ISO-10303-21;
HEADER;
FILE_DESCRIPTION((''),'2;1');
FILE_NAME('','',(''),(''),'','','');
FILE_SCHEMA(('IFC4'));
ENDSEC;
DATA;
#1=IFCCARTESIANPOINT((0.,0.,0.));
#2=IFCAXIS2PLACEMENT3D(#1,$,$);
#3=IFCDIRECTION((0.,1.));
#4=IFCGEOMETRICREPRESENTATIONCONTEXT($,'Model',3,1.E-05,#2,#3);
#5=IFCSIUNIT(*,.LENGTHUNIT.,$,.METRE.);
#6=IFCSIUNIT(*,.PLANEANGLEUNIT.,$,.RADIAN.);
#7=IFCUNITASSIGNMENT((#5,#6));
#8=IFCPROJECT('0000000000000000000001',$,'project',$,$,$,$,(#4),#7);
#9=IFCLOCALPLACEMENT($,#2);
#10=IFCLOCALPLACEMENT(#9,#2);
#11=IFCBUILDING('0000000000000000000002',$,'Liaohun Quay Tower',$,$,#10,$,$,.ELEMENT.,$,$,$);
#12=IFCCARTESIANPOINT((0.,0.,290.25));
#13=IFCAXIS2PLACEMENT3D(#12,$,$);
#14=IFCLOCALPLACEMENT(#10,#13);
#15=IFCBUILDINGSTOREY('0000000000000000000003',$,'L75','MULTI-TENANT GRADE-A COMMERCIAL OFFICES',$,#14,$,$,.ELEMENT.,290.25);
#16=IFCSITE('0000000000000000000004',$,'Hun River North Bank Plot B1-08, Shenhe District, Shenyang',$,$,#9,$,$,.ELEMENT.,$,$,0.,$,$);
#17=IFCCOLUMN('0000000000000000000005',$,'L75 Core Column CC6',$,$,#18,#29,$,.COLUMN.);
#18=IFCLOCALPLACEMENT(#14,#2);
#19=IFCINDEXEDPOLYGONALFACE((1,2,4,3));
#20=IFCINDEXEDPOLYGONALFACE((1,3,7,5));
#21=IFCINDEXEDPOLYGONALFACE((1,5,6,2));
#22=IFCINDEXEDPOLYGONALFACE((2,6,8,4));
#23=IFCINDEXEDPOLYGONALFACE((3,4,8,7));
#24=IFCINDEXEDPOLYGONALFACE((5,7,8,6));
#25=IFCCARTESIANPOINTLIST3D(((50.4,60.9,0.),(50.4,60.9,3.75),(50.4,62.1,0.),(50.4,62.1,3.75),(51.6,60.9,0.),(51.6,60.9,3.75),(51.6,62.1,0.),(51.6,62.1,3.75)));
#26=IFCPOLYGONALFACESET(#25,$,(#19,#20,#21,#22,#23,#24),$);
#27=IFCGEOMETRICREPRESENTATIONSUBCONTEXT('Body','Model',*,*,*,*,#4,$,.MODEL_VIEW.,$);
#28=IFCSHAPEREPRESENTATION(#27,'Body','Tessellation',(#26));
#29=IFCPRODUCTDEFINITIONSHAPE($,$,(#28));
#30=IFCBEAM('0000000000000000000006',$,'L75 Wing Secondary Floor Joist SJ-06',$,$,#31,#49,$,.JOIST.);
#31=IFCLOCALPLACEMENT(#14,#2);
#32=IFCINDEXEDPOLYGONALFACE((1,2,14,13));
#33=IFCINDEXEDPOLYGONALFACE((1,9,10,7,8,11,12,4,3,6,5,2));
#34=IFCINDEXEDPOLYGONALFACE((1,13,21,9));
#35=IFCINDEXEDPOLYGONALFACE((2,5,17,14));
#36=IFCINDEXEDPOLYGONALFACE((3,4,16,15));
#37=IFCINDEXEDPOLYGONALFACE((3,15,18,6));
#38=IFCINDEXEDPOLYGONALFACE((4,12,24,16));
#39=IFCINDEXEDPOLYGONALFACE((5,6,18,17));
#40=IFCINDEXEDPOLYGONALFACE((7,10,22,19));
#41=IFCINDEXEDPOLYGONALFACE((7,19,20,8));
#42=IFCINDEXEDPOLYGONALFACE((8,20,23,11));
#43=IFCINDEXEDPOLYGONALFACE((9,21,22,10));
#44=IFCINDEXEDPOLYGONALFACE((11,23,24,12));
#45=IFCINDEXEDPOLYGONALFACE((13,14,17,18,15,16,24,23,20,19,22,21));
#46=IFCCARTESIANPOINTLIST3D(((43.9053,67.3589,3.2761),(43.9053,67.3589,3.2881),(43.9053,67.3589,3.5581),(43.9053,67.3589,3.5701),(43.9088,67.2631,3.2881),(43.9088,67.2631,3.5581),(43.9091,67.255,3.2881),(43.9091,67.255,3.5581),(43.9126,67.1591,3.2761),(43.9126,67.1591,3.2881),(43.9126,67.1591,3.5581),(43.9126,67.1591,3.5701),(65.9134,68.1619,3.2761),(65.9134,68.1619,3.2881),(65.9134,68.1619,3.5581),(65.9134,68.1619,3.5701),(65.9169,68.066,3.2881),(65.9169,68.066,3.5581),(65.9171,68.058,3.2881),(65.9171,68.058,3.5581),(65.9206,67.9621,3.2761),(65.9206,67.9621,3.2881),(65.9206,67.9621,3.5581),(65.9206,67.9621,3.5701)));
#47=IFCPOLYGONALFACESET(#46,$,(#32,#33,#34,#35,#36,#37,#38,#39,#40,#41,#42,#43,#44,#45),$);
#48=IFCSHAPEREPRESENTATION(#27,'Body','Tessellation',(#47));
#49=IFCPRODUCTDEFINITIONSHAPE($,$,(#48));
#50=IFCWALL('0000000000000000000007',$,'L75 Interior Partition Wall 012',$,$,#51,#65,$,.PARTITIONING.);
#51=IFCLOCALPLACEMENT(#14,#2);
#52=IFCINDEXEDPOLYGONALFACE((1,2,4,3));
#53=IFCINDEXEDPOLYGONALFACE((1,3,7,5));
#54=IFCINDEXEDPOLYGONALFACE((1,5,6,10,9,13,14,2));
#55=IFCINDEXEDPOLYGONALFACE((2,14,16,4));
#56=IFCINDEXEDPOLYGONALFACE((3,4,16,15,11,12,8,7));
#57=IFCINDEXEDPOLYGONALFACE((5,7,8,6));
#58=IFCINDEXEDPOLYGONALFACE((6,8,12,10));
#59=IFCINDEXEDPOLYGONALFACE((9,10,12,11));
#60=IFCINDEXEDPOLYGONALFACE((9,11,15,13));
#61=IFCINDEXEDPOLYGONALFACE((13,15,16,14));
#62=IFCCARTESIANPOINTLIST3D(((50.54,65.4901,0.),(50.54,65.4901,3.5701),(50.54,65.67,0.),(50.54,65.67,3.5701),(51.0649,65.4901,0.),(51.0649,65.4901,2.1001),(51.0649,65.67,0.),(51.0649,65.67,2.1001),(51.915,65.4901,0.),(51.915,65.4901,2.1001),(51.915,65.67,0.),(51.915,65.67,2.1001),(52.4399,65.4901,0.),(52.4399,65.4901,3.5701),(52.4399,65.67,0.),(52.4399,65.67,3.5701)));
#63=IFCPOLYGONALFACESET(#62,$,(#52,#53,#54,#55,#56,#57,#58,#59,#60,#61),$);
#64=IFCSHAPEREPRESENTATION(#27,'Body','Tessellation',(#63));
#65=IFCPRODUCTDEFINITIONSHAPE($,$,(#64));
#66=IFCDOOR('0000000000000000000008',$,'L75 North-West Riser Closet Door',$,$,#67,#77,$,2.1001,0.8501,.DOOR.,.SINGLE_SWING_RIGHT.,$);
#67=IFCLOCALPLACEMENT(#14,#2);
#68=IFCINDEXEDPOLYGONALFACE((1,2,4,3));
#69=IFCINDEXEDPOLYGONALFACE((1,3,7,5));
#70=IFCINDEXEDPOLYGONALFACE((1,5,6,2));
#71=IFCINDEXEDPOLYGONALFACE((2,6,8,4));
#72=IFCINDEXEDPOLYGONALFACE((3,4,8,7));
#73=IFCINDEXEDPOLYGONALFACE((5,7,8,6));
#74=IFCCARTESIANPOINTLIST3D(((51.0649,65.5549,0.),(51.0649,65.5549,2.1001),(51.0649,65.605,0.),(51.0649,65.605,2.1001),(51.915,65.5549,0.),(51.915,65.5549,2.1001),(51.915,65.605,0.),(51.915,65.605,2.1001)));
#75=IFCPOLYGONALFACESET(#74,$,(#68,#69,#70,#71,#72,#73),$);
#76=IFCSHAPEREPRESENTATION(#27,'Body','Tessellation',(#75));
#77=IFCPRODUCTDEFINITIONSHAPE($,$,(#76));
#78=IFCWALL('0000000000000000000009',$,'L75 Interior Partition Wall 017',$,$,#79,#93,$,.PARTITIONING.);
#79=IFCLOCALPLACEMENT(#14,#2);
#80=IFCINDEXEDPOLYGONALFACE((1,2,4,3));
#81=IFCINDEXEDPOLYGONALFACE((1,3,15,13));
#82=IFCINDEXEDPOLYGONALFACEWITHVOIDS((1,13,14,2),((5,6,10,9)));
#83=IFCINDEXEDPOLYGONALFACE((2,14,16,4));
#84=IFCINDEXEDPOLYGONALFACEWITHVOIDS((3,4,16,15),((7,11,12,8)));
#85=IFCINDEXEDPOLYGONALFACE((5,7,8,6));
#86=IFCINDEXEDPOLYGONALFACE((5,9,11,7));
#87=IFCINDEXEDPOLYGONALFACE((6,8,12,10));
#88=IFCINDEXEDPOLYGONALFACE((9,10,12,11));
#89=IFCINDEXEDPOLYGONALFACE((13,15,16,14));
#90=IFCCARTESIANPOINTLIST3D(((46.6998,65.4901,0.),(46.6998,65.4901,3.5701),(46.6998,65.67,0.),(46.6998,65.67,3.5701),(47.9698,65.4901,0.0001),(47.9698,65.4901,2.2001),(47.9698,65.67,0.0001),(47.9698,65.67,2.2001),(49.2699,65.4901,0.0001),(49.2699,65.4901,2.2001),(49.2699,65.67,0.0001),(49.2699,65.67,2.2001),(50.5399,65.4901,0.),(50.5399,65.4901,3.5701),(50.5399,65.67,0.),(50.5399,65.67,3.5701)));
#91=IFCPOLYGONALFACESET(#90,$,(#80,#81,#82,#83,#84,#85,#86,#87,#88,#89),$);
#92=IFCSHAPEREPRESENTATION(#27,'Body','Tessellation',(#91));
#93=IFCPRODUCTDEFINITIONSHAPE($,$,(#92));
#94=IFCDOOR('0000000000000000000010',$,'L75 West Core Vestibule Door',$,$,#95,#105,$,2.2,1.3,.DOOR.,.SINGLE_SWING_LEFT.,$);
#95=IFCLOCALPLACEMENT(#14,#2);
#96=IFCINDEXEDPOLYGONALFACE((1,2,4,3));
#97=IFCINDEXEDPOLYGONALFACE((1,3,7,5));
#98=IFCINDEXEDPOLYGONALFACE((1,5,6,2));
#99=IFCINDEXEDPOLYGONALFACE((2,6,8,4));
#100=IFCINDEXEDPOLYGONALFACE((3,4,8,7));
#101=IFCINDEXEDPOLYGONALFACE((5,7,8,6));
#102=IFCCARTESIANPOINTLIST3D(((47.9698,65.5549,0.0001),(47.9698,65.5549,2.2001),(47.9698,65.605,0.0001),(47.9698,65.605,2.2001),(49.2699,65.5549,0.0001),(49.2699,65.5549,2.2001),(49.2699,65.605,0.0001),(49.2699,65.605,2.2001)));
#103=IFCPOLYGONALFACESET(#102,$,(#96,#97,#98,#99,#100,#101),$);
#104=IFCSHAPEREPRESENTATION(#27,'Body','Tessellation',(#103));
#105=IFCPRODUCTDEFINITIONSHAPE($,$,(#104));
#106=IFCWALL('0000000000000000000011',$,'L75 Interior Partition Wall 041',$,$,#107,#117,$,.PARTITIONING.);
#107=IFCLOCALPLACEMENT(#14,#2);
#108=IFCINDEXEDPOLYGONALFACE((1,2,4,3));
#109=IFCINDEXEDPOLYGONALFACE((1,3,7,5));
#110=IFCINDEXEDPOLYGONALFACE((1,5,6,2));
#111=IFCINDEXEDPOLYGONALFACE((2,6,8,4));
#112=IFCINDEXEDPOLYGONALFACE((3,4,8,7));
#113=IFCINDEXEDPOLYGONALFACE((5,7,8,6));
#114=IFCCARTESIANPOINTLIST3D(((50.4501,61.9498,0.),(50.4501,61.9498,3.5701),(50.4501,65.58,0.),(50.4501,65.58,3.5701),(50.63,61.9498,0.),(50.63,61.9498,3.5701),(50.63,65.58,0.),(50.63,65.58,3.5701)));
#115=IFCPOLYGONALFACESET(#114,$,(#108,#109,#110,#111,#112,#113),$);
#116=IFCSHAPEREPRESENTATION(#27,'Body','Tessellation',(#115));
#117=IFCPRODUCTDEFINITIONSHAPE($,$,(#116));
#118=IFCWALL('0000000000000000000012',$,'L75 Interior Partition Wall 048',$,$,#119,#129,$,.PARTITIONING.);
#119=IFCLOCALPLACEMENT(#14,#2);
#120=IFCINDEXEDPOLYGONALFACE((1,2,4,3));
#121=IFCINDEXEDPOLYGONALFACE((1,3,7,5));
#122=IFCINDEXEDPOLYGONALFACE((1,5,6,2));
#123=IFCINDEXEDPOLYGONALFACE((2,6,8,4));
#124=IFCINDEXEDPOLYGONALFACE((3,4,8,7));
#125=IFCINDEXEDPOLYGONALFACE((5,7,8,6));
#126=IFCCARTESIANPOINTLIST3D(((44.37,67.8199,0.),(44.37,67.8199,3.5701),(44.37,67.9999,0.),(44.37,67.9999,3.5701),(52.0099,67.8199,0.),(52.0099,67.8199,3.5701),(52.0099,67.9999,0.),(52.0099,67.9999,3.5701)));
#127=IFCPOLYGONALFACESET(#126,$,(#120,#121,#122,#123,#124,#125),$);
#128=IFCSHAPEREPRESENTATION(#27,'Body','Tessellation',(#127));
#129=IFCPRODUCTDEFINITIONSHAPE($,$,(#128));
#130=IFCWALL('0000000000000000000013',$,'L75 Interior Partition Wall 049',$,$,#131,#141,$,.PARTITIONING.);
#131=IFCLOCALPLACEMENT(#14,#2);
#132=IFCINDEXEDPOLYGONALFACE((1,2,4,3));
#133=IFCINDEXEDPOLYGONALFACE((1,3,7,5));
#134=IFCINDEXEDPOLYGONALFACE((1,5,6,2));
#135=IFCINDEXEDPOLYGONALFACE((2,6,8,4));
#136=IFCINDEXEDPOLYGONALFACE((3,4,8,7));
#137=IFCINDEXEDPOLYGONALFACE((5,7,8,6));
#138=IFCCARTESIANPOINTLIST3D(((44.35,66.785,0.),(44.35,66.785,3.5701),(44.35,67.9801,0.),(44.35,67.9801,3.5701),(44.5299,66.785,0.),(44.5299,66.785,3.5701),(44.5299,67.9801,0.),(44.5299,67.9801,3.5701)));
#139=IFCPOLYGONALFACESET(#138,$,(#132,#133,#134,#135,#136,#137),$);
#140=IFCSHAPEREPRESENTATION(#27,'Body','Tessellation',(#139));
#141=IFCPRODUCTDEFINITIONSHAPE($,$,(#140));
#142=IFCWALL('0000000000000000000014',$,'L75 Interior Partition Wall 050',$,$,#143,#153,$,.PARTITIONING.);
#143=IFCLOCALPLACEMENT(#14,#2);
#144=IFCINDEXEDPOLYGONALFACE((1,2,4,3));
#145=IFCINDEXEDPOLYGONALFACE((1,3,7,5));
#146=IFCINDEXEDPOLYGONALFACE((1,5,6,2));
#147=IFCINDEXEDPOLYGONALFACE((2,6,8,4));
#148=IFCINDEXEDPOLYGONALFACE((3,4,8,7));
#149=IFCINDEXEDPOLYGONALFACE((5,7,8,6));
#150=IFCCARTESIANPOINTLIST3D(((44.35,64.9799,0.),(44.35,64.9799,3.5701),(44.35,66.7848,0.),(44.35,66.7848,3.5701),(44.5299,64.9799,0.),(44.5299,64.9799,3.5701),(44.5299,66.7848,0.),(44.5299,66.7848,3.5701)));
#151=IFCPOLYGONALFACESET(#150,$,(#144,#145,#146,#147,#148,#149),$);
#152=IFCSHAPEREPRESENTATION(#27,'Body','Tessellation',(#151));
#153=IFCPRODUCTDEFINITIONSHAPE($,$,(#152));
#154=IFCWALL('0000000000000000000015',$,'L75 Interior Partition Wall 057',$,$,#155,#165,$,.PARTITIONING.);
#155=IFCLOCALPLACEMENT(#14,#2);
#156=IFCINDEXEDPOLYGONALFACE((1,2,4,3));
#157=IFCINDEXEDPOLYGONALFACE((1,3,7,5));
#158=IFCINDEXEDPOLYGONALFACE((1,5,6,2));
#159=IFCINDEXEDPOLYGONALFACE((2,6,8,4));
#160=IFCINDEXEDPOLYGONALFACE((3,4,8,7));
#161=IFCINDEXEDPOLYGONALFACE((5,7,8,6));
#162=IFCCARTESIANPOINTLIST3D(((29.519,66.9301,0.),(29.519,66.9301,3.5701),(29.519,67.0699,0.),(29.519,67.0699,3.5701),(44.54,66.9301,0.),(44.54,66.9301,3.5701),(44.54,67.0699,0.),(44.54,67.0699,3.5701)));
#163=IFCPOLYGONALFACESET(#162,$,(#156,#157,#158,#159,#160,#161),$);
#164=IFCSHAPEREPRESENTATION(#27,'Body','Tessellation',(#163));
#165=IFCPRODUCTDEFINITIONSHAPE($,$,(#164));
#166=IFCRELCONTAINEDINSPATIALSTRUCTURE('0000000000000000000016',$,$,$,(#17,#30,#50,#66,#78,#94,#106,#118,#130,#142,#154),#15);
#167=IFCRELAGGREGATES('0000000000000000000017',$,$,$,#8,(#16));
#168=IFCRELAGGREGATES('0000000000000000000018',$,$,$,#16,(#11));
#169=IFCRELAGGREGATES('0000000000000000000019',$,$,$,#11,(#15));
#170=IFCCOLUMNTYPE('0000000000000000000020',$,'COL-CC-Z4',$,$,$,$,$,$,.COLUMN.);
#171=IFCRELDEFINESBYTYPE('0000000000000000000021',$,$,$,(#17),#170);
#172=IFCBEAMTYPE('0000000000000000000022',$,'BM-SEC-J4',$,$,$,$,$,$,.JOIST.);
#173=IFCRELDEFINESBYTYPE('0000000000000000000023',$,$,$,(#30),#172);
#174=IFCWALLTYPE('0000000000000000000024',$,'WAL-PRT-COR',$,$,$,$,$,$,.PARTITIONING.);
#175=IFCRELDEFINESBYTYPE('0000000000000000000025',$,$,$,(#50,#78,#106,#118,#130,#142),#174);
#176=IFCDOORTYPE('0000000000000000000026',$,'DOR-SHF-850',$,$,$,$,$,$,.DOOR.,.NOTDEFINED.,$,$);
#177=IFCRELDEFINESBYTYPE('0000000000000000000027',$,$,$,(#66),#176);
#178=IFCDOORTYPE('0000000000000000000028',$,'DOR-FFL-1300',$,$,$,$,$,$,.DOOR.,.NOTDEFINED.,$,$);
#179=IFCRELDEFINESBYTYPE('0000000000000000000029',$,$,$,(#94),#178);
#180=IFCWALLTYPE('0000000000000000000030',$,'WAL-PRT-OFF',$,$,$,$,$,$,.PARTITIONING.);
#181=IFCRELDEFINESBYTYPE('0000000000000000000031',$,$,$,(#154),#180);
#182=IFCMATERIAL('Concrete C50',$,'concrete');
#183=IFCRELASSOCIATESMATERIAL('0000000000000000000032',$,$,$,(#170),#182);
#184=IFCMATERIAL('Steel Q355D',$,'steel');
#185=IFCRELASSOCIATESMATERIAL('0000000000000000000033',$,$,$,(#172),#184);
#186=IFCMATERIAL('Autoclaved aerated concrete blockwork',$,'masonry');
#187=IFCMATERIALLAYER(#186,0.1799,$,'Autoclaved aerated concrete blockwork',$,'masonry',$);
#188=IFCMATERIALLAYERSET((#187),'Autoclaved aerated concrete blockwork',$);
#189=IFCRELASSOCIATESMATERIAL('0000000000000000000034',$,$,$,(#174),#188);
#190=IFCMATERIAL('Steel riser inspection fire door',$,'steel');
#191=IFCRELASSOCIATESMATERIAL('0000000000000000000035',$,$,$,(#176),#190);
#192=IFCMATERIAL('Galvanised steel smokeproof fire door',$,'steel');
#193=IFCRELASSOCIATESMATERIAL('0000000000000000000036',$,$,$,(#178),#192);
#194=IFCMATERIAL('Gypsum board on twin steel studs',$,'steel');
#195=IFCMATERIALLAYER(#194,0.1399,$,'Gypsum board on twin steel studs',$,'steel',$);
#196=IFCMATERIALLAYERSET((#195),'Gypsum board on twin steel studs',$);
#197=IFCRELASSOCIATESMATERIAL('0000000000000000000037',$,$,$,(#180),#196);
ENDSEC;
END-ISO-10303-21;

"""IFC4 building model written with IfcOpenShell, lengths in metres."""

from ifc_helpers import new_model, si_unit, direction, frame, frame_2d, origin, origin_2d, place, context, subcontext, project, spatial, rectangle, i_section, extrude, source, transform, mapped, material, layer, layer_set, material_profile, profile_set, type_object, element, fill, save


model = new_model("IFC4")

# Units and contexts
model_context = context("Model", 3, precision=1e-05, world=origin(), true_north=direction((0.0, 1.0)))
body_context = subcontext(model_context, "Body", "Model", "MODEL_VIEW")
ifc_project = project(units=[si_unit("LENGTHUNIT", "METRE"), si_unit("PLANEANGLEUNIT", "RADIAN")], contexts=[model_context])

# Site, building, storey
site_placement = place(None, origin())
site = spatial("IfcSite", under=ifc_project, at=site_placement, Name="Hun River North Bank Plot B1-08, Shenhe District, Shenyang", CompositionType="ELEMENT", RefElevation=0.0)
building_placement = place(site_placement, origin())
building = spatial("IfcBuilding", under=site, at=building_placement, Name="Liaohun Quay Tower", CompositionType="ELEMENT")
storey_placement = place(building_placement, frame((0.0, 0.0, 290.25)))
storey = spatial("IfcBuildingStorey", under=building, at=storey_placement, Name="L75", Description="MULTI-TENANT GRADE-A COMMERCIAL OFFICES", CompositionType="ELEMENT", Elevation=290.25)

# Column
ifc_material_1 = material(Name="Concrete C50", Category="concrete")
ifc_material_profile_1 = material_profile(ifc_material_1, rectangle(XDim=1.2, YDim=1.2, at=origin_2d()), Name="RC1200x1200")
ifc_profile_set_1 = profile_set([ifc_material_profile_1], Name="Concrete C50")
column_type = type_object("IfcColumnType", Name="COL-CC-Z4", PredefinedType="COLUMN", material=ifc_profile_set_1)
shared_shape_1 = source(origin(), body_context, "Body", "SweptSolid", [
    extrude(rectangle(XDim=1.2, YDim=1.2, at=origin_2d()), origin(), (0.0, 0.0, 1.0), 3.75),
])
column_placement = place(storey_placement, frame((51.0, 61.5, 0.0), z_axis=(0.0, 0.0, 1.0), x_axis=(1.0, 0.0, 0.0)))
element("IfcColumn", 1, at=column_placement, inside=storey, type_object=column_type, Name="L75 Core Column CC6", PredefinedType="COLUMN", context=body_context, shape_type="MappedRepresentation", body=[
    mapped(shared_shape_1, transform((0.0, 0.0, 0.0), x_axis=(1.0, 0.0, 0.0), y_axis=(0.0, 1.0, 0.0), z_axis=(0.0, 0.0, 1.0), scale=1.0)),
])

# Beam
ifc_material_2 = material(Name="Steel Q355D", Category="steel")
ifc_material_profile_2 = material_profile(ifc_material_2, i_section(OverallWidth=0.2, OverallDepth=0.2939, WebThickness=0.0081, FlangeThickness=0.012, at=origin_2d()), Name="HM294x200x8x12")
ifc_profile_set_2 = profile_set([ifc_material_profile_2], Name="Steel Q355D")
beam_type = type_object("IfcBeamType", Name="BM-SEC-J4", PredefinedType="JOIST", material=ifc_profile_set_2)
shared_shape_2 = source(origin(), body_context, "Body", "SweptSolid", [
    extrude(i_section(OverallWidth=0.2, OverallDepth=0.2939, WebThickness=0.0081, FlangeThickness=0.012, at=origin_2d()), origin(), (0.0, 0.0, 1.0), 22.0227),
])
beam_placement = place(storey_placement, frame((43.9089, 67.259, 3.4231), z_axis=(0.999335, 0.036461, 0.0), x_axis=(-0.036461, 0.999335, 0.0)))
element("IfcBeam", 2, at=beam_placement, inside=storey, type_object=beam_type, Name="L75 Wing Secondary Floor Joist SJ-06", PredefinedType="JOIST", context=body_context, shape_type="MappedRepresentation", body=[
    mapped(shared_shape_2, transform((0.0, 0.0, 0.0), x_axis=(1.0, 0.0, 0.0), y_axis=(0.0, 1.0, 0.0), z_axis=(0.0, 0.0, 1.0), scale=1.0)),
])

# Walls, openings, doors
ifc_material_3 = material(Name="Autoclaved aerated concrete blockwork", Category="masonry")
ifc_layer_1 = layer(ifc_material_3, 0.1799, Name="Autoclaved aerated concrete blockwork", Category="masonry")
ifc_layer_set_1 = layer_set([ifc_layer_1], Name="Autoclaved aerated concrete blockwork")
wall_type_1 = type_object("IfcWallType", Name="WAL-PRT-COR", PredefinedType="PARTITIONING", material=ifc_layer_set_1)
wall_1_placement = place(storey_placement, frame((50.54, 65.5801, 0.0), z_axis=(0.0, 0.0, 1.0), x_axis=(1.0, 0.0, 0.0)))
wall_1 = element("IfcWall", 3, at=wall_1_placement, inside=storey, type_object=wall_type_1, Name="L75 Interior Partition Wall 012", PredefinedType="PARTITIONING", context=body_context, shape_type="SweptSolid", body=[
    extrude(rectangle(XDim=1.8999, YDim=0.1799, at=frame_2d((0.95, 0.0))), origin(), (0.0, 0.0, 1.0), 3.5701),
])
shared_shape_3 = source(origin(), body_context, "Body", "SweptSolid", [
    extrude(rectangle(XDim=0.8501, YDim=2.1001, at=frame_2d((0.425, 1.05))), frame((0.0, 0.0999, 0.0), z_axis=(0.0, -1.0, 0.0), x_axis=(1.0, 0.0, 0.0)), (0.0, 0.0, 1.0), 0.2),
])
opening_1_placement = place(wall_1_placement, frame((0.5249, 0.0, 0.0)))
opening_1 = element("IfcOpeningElement", 4, at=opening_1_placement, cuts=wall_1, PredefinedType="OPENING", context=body_context, shape_type="MappedRepresentation", body=[
    mapped(shared_shape_3, transform((0.0, 0.0, 0.0), x_axis=(1.0, 0.0, 0.0), y_axis=(0.0, 1.0, 0.0), z_axis=(0.0, 0.0, 1.0), scale=1.0)),
])
ifc_material_4 = material(Name="Steel riser inspection fire door", Category="steel")
door_type_1 = type_object("IfcDoorType", Name="DOR-SHF-850", OperationType="NOTDEFINED", PredefinedType="DOOR", material=ifc_material_4)
shared_shape_4 = source(origin(), body_context, "Body", "SweptSolid", [
    extrude(rectangle(XDim=0.8501, YDim=2.1001, at=frame_2d((0.425, 1.05))), frame((0.0, 0.0249, 0.0), z_axis=(0.0, -1.0, 0.0), x_axis=(1.0, 0.0, 0.0)), (0.0, 0.0, 1.0), 0.05),
])
door_1_placement = place(opening_1_placement, origin())
door_1 = element("IfcDoor", 5, at=door_1_placement, inside=storey, type_object=door_type_1, Name="L75 North-West Riser Closet Door", OperationType="SINGLE_SWING_RIGHT", OverallHeight=2.1001, OverallWidth=0.8501, PredefinedType="DOOR", context=body_context, shape_type="MappedRepresentation", body=[
    mapped(shared_shape_4, transform((0.0, 0.0, 0.0), x_axis=(1.0, 0.0, 0.0), y_axis=(0.0, 1.0, 0.0), z_axis=(0.0, 0.0, 1.0), scale=1.0)),
])
fill(opening_1, door_1)
wall_2_placement = place(storey_placement, frame((46.7, 65.5801, 0.0), z_axis=(0.0, 0.0, 1.0), x_axis=(1.0, 0.0, 0.0)))
wall_2 = element("IfcWall", 6, at=wall_2_placement, inside=storey, type_object=wall_type_1, Name="L75 Interior Partition Wall 017", PredefinedType="PARTITIONING", context=body_context, shape_type="SweptSolid", body=[
    extrude(rectangle(XDim=3.8401, YDim=0.1799, at=frame_2d((1.9199, 0.0))), origin(), (0.0, 0.0, 1.0), 3.5701),
])
shared_shape_5 = source(origin(), body_context, "Body", "SweptSolid", [
    extrude(rectangle(XDim=1.3, YDim=2.2, at=frame_2d((0.6499, 1.1001))), frame((0.0, 0.0999, 0.0), z_axis=(0.0, -1.0, 0.0), x_axis=(1.0, 0.0, 0.0)), (0.0, 0.0, 1.0), 0.2),
])
opening_2_placement = place(wall_2_placement, frame((1.27, 0.0, 0.0)))
opening_2 = element("IfcOpeningElement", 7, at=opening_2_placement, cuts=wall_2, PredefinedType="OPENING", context=body_context, shape_type="MappedRepresentation", body=[
    mapped(shared_shape_5, transform((0.0, 0.0, 0.0), x_axis=(1.0, 0.0, 0.0), y_axis=(0.0, 1.0, 0.0), z_axis=(0.0, 0.0, 1.0), scale=1.0)),
])
ifc_material_5 = material(Name="Galvanised steel smokeproof fire door", Category="steel")
door_type_2 = type_object("IfcDoorType", Name="DOR-FFL-1300", OperationType="NOTDEFINED", PredefinedType="DOOR", material=ifc_material_5)
shared_shape_6 = source(origin(), body_context, "Body", "SweptSolid", [
    extrude(rectangle(XDim=1.3, YDim=2.2, at=frame_2d((0.6499, 1.1001))), frame((0.0, 0.0249, 0.0), z_axis=(0.0, -1.0, 0.0), x_axis=(1.0, 0.0, 0.0)), (0.0, 0.0, 1.0), 0.05),
])
door_2_placement = place(opening_2_placement, origin())
door_2 = element("IfcDoor", 8, at=door_2_placement, inside=storey, type_object=door_type_2, Name="L75 West Core Vestibule Door", OperationType="SINGLE_SWING_LEFT", OverallHeight=2.2, OverallWidth=1.3, PredefinedType="DOOR", context=body_context, shape_type="MappedRepresentation", body=[
    mapped(shared_shape_6, transform((0.0, 0.0, 0.0), x_axis=(1.0, 0.0, 0.0), y_axis=(0.0, 1.0, 0.0), z_axis=(0.0, 0.0, 1.0), scale=1.0)),
])
fill(opening_2, door_2)

# Walls
wall_3_placement = place(storey_placement, frame((50.54, 61.95, 0.0), z_axis=(0.0, 0.0, 1.0), x_axis=(0.0, 1.0, 0.0)))
element("IfcWall", 9, at=wall_3_placement, inside=storey, type_object=wall_type_1, Name="L75 Interior Partition Wall 041", PredefinedType="PARTITIONING", context=body_context, shape_type="SweptSolid", body=[
    extrude(rectangle(XDim=3.6301, YDim=0.1799, at=frame_2d((1.8149, 0.0))), origin(), (0.0, 0.0, 1.0), 3.5701),
])
wall_4_placement = place(storey_placement, frame((44.3701, 67.9099, 0.0), z_axis=(0.0, 0.0, 1.0), x_axis=(1.0, 0.0, 0.0)))
element("IfcWall", 10, at=wall_4_placement, inside=storey, type_object=wall_type_1, Name="L75 Interior Partition Wall 048", PredefinedType="PARTITIONING", context=body_context, shape_type="SweptSolid", body=[
    extrude(rectangle(XDim=7.6399, YDim=0.1799, at=frame_2d((3.8198, 0.0))), origin(), (0.0, 0.0, 1.0), 3.5701),
])
wall_5_placement = place(storey_placement, frame((44.4399, 66.7849, 0.0), z_axis=(0.0, 0.0, 1.0), x_axis=(0.0, 1.0, 0.0)))
element("IfcWall", 11, at=wall_5_placement, inside=storey, type_object=wall_type_1, Name="L75 Interior Partition Wall 049", PredefinedType="PARTITIONING", context=body_context, shape_type="SweptSolid", body=[
    extrude(rectangle(XDim=1.1951, YDim=0.1799, at=frame_2d((0.5977, 0.0))), origin(), (0.0, 0.0, 1.0), 3.5701),
])
wall_6_placement = place(storey_placement, frame((44.4399, 64.98, 0.0), z_axis=(0.0, 0.0, 1.0), x_axis=(0.0, 1.0, 0.0)))
element("IfcWall", 12, at=wall_6_placement, inside=storey, type_object=wall_type_1, Name="L75 Interior Partition Wall 050", PredefinedType="PARTITIONING", context=body_context, shape_type="SweptSolid", body=[
    extrude(rectangle(XDim=1.8049, YDim=0.1799, at=frame_2d((0.9023, 0.0))), origin(), (0.0, 0.0, 1.0), 3.5701),
])
ifc_material_6 = material(Name="Gypsum board on twin steel studs", Category="steel")
ifc_layer_2 = layer(ifc_material_6, 0.1399, Name="Gypsum board on twin steel studs", Category="steel")
ifc_layer_set_2 = layer_set([ifc_layer_2], Name="Gypsum board on twin steel studs")
wall_type_2 = type_object("IfcWallType", Name="WAL-PRT-OFF", PredefinedType="PARTITIONING", material=ifc_layer_set_2)
wall_7_placement = place(storey_placement, frame((44.54, 67.0, 0.0), z_axis=(0.0, 0.0, 1.0), x_axis=(-1.0, 0.0, 0.0)))
element("IfcWall", 13, at=wall_7_placement, inside=storey, type_object=wall_type_2, Name="L75 Interior Partition Wall 057", PredefinedType="PARTITIONING", context=body_context, shape_type="SweptSolid", body=[
    extrude(rectangle(XDim=15.021, YDim=0.1399, at=frame_2d((7.5105, 0.0))), origin(), (0.0, 0.0, 1.0), 3.5701),
])

save(model, "model.ifc")
